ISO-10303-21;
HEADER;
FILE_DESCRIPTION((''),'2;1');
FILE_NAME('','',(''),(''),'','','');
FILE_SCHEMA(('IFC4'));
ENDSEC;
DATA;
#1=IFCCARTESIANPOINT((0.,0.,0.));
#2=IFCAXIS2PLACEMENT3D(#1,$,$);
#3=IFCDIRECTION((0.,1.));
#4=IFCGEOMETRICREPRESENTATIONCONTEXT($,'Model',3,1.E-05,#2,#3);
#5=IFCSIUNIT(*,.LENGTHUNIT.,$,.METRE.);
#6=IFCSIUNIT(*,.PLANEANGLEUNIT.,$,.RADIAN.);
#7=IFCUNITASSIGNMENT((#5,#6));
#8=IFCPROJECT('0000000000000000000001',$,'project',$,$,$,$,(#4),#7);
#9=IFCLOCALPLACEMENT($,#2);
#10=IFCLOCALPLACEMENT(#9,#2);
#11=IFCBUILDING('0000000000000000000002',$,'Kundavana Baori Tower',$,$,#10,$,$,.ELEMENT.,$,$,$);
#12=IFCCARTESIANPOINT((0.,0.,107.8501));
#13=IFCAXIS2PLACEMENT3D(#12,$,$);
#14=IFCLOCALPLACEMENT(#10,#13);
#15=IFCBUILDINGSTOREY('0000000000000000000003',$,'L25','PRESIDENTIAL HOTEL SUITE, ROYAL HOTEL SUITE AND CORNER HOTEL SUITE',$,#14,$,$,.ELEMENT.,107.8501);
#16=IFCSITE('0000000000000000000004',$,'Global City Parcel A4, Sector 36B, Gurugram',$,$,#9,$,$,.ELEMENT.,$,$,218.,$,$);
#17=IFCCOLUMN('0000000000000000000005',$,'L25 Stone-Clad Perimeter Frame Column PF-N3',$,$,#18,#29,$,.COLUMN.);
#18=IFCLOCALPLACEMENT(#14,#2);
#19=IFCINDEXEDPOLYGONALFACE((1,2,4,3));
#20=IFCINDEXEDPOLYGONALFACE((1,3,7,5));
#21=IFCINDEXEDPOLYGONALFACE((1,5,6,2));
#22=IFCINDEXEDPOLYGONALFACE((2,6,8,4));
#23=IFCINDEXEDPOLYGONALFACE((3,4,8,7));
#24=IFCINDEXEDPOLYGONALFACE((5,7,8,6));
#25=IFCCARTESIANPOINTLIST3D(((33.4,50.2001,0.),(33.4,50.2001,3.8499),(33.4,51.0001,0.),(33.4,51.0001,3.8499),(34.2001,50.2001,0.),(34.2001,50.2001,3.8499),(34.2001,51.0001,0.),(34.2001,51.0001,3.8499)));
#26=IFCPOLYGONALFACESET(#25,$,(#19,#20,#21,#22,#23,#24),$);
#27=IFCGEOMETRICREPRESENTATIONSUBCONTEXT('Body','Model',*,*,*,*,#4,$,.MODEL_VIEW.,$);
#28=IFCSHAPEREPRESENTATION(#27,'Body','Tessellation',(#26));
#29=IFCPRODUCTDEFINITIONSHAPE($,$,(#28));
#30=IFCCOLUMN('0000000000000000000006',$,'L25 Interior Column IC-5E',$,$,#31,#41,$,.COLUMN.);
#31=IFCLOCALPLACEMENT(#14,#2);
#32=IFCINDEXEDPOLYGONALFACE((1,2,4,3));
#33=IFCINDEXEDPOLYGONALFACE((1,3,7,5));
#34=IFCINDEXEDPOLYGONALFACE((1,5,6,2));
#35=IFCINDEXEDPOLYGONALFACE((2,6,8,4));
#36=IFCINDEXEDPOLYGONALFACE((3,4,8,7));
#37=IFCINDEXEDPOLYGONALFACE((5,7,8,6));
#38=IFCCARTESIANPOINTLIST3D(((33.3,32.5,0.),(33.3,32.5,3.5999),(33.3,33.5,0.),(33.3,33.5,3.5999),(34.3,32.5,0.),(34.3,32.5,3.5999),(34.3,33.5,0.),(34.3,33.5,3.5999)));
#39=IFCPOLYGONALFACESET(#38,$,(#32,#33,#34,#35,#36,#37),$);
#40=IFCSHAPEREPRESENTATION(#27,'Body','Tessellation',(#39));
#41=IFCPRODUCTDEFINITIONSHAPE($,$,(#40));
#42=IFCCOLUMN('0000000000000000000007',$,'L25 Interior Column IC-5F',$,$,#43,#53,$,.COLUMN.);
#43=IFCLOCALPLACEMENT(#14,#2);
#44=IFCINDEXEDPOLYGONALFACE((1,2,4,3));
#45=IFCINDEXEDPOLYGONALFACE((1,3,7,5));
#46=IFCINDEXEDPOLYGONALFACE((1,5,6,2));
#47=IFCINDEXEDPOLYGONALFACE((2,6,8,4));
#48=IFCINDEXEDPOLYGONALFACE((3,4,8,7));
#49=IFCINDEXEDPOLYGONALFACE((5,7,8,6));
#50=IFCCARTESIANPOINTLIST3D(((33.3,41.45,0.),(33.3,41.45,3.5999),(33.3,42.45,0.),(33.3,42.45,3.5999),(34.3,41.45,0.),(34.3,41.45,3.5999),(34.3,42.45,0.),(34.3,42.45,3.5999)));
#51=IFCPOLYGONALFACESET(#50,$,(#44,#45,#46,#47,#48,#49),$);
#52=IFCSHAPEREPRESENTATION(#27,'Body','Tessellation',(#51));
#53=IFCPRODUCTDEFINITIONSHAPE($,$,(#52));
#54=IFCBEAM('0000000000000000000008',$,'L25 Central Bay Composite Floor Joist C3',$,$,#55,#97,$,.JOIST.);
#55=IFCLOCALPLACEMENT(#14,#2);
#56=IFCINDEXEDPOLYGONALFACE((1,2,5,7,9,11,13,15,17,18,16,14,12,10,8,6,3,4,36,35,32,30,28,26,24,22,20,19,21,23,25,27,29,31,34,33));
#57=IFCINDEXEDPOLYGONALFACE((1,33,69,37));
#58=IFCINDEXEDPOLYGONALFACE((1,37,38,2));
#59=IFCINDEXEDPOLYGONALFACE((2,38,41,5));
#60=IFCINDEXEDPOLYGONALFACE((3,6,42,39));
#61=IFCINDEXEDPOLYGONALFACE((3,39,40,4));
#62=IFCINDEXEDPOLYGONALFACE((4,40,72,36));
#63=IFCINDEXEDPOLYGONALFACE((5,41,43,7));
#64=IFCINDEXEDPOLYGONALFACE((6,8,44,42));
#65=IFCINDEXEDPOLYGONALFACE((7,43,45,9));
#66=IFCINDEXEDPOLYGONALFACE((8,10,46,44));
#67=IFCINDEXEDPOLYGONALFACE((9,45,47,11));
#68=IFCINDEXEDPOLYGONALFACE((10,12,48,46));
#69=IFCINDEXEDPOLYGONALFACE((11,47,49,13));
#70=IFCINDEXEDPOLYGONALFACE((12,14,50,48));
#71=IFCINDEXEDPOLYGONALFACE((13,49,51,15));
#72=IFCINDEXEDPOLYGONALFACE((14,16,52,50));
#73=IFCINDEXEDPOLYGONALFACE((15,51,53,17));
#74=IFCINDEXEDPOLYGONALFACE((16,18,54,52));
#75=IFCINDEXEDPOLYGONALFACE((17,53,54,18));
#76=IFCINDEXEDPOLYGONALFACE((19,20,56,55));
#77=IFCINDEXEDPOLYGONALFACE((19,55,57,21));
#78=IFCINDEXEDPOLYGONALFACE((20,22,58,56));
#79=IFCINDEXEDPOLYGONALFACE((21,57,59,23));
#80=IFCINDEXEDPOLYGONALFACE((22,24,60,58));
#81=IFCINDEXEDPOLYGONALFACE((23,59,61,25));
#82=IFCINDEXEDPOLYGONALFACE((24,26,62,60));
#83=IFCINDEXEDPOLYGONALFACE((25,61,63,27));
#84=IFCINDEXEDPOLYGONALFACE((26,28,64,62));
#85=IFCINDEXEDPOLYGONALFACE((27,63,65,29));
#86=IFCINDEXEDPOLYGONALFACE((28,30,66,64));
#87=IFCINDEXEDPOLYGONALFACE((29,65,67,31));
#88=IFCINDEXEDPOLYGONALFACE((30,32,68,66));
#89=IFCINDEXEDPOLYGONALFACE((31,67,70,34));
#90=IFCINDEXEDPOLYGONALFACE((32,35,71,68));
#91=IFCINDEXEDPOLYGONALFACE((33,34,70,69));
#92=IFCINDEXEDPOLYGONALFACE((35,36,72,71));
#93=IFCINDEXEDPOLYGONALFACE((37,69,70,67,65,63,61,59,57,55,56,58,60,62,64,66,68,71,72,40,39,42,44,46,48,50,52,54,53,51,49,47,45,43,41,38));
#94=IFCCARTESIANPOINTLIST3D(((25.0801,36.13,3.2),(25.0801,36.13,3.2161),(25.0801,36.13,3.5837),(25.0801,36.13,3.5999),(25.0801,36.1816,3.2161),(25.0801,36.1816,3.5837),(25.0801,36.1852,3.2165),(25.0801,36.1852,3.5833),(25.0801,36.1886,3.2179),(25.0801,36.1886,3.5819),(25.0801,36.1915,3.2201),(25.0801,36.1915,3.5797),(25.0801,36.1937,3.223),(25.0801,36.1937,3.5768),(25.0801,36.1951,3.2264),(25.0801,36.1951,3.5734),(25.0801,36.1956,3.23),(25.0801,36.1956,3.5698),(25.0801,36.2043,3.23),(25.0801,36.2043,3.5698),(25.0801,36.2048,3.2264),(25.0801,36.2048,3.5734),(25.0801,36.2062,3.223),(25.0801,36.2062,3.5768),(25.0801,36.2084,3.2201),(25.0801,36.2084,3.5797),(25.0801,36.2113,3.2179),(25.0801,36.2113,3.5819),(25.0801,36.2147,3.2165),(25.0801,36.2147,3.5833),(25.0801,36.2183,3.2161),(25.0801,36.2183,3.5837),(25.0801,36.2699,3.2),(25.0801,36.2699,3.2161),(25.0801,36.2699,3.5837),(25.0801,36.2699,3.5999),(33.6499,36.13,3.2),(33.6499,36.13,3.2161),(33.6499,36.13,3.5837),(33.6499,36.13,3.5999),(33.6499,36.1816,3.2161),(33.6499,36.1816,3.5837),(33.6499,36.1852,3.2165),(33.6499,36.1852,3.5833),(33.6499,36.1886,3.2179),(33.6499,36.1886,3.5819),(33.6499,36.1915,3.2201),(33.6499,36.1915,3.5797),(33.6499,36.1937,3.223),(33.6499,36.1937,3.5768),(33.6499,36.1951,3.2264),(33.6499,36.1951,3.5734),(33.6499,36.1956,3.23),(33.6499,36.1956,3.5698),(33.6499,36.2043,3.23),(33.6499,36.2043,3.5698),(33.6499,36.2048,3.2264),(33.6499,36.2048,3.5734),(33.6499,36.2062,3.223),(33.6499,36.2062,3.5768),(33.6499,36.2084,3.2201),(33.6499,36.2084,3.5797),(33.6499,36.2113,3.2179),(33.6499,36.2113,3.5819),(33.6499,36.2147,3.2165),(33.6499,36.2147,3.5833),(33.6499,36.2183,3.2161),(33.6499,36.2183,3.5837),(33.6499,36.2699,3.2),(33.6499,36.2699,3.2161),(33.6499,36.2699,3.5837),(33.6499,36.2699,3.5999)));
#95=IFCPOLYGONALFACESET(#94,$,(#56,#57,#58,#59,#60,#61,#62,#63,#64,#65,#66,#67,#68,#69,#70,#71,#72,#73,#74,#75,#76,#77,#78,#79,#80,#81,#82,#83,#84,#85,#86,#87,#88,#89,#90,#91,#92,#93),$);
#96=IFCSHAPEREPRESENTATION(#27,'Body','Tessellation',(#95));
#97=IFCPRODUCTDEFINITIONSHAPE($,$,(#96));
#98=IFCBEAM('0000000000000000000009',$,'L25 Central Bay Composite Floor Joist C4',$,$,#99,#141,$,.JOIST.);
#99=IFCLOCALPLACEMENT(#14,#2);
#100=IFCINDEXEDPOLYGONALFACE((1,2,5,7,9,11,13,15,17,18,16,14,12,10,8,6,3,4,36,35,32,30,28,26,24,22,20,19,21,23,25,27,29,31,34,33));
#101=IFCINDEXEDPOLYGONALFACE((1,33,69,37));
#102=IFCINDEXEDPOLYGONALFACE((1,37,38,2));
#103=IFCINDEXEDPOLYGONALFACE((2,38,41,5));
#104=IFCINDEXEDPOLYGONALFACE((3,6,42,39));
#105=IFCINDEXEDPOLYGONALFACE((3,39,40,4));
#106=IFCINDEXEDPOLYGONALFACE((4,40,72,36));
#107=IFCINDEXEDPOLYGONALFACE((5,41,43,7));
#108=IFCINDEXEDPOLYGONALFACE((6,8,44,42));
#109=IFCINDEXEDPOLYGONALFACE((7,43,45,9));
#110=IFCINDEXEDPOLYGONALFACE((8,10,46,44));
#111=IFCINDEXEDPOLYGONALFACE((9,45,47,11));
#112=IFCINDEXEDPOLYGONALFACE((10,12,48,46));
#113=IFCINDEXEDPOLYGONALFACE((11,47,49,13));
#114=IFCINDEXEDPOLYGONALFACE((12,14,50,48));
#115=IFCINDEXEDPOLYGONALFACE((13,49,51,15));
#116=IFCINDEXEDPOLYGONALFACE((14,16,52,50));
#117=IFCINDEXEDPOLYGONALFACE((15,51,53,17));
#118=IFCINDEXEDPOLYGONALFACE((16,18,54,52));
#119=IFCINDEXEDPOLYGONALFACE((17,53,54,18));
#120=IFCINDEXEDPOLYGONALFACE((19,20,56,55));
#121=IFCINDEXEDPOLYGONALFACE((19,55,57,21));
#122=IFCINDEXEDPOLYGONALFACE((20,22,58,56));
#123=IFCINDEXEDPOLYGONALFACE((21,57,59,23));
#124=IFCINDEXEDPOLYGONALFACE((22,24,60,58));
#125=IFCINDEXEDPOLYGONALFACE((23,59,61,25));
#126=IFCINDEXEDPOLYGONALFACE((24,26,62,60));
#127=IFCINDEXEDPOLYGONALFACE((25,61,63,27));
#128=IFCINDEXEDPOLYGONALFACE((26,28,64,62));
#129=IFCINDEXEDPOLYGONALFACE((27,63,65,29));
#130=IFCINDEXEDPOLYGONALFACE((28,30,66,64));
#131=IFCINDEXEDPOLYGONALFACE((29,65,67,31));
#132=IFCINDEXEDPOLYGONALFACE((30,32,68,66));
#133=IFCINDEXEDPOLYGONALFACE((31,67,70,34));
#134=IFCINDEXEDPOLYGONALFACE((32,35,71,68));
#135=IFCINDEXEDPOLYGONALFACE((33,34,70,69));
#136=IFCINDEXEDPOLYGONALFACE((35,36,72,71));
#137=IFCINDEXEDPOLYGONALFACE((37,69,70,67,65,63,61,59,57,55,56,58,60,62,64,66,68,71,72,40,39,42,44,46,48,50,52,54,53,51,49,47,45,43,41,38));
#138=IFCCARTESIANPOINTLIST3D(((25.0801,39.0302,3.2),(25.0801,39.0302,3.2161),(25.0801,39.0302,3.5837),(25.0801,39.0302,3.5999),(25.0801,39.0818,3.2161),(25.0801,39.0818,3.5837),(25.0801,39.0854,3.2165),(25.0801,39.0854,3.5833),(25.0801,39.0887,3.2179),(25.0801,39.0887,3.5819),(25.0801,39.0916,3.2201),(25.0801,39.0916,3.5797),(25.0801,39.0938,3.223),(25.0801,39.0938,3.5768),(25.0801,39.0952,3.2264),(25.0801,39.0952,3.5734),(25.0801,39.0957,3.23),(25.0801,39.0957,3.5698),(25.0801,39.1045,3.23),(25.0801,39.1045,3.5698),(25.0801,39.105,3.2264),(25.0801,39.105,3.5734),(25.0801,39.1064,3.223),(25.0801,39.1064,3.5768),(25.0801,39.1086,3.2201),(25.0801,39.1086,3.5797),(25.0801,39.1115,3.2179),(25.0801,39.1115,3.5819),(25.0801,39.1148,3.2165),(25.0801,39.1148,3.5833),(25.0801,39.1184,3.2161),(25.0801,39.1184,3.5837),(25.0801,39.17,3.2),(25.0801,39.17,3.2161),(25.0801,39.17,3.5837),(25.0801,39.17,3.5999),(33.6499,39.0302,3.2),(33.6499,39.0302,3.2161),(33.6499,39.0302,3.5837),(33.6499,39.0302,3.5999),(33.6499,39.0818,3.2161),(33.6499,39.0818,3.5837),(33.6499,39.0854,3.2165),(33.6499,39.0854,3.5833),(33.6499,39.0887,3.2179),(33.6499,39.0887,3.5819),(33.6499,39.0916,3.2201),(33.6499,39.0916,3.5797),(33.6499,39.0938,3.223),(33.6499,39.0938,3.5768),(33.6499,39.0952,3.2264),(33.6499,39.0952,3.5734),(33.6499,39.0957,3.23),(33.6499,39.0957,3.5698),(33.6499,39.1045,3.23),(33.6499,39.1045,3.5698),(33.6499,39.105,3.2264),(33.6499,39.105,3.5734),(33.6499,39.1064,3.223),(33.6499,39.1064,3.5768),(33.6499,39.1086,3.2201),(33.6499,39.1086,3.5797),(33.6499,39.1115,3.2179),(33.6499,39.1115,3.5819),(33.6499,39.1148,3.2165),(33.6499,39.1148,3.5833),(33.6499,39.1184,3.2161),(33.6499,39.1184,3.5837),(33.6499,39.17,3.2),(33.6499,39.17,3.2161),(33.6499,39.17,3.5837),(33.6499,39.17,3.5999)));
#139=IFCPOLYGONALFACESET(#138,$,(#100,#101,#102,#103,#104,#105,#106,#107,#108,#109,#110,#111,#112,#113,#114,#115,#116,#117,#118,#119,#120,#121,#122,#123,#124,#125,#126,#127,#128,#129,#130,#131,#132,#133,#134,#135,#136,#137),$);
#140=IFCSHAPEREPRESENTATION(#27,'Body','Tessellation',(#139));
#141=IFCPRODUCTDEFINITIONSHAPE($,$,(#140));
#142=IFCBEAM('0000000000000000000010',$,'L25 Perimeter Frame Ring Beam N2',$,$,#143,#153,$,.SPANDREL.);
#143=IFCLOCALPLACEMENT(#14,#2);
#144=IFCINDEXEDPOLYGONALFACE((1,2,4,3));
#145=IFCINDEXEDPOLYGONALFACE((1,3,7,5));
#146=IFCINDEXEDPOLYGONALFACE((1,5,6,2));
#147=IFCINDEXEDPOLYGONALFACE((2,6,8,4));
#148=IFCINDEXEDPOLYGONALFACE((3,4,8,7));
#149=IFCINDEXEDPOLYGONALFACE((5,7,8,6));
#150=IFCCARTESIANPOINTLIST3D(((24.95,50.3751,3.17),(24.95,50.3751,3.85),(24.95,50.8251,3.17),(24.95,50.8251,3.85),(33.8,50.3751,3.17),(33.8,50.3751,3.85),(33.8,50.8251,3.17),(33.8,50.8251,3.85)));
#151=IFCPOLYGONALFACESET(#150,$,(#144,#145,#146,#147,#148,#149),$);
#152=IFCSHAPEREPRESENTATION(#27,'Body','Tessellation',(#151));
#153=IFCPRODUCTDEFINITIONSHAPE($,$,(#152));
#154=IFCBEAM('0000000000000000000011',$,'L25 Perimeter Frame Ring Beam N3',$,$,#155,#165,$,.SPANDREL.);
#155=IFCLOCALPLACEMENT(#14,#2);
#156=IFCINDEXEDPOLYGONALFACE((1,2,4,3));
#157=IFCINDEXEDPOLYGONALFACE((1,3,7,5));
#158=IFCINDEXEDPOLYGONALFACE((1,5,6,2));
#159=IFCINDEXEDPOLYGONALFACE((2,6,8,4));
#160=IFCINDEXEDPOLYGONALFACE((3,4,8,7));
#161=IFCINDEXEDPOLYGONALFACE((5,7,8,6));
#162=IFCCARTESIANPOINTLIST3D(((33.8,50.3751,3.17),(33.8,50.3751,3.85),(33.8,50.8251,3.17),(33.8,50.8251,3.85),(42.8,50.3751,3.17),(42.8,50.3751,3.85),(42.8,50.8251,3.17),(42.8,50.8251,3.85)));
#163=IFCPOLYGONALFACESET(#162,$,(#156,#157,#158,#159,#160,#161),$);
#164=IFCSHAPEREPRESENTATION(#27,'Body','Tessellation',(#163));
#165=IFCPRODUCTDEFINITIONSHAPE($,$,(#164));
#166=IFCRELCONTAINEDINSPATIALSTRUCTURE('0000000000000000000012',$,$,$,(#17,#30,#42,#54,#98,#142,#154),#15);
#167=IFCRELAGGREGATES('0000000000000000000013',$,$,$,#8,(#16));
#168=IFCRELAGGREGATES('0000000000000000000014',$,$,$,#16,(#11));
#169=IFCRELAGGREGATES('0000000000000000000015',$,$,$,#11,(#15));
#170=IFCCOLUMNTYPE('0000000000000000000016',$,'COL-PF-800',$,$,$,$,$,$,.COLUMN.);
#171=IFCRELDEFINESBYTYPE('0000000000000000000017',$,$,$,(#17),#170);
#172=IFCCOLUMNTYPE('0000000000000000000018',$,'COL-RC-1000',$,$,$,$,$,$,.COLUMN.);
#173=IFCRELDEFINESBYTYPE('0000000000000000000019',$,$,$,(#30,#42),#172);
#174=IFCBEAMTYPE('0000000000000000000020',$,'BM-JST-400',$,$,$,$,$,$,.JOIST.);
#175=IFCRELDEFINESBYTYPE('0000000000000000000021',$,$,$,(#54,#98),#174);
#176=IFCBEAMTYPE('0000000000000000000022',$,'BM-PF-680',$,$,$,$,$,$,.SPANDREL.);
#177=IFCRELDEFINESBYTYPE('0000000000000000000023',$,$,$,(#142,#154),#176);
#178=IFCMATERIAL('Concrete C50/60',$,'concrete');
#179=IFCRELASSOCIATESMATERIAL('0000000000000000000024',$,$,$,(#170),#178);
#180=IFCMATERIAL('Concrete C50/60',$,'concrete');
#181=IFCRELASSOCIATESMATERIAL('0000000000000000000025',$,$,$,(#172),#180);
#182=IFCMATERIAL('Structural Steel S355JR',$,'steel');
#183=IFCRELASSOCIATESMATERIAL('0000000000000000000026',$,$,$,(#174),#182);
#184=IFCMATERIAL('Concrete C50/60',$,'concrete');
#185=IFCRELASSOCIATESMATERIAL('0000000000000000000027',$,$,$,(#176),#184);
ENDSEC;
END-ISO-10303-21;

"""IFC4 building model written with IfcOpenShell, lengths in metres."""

from ifc_helpers import new_model, si_unit, direction, frame, origin, origin_2d, place, context, subcontext, project, spatial, rectangle, i_section, extrude, material, material_profile, profile_set, type_object, element, save


model = new_model("IFC4")

# Units and contexts
model_context = context("Model", 3, precision=1e-05, world=origin(), true_north=direction((0.0, 1.0)))
body_context = subcontext(model_context, "Body", "Model", "MODEL_VIEW")
ifc_project = project(units=[si_unit("LENGTHUNIT", "METRE"), si_unit("PLANEANGLEUNIT", "RADIAN")], contexts=[model_context])

# Site, building, storey
site_placement = place(None, origin())
site = spatial("IfcSite", under=ifc_project, at=site_placement, Name="Global City Parcel A4, Sector 36B, Gurugram", CompositionType="ELEMENT", RefElevation=218.0)
building_placement = place(site_placement, origin())
building = spatial("IfcBuilding", under=site, at=building_placement, Name="Kundavana Baori Tower", CompositionType="ELEMENT")
storey_placement = place(building_placement, frame((0.0, 0.0, 107.8501)))
storey = spatial("IfcBuildingStorey", under=building, at=storey_placement, Name="L25", Description="PRESIDENTIAL HOTEL SUITE, ROYAL HOTEL SUITE AND CORNER HOTEL SUITE", CompositionType="ELEMENT", Elevation=107.8501)

# Columns
ifc_material_1 = material(Name="Concrete C50/60", Category="concrete")
ifc_material_profile_1 = material_profile(ifc_material_1, rectangle(XDim=0.8, YDim=0.8, at=origin_2d()), Name="RC PF 800x800")
ifc_profile_set_1 = profile_set([ifc_material_profile_1], Name="Concrete C50/60")
column_type_1 = type_object("IfcColumnType", Name="COL-PF-800", PredefinedType="COLUMN", material=ifc_profile_set_1)
column_placement = place(storey_placement, frame((33.8, 50.6001, 0.0), z_axis=(0.0, 0.0, 1.0), x_axis=(1.0, 0.0, 0.0)))
element("IfcColumn", 1, at=column_placement, inside=storey, type_object=column_type_1, Name="L25 Stone-Clad Perimeter Frame Column PF-N3", PredefinedType="COLUMN", context=body_context, shape_type="SweptSolid", body=[
    extrude(rectangle(XDim=0.8, YDim=0.8, at=origin_2d()), origin(), (0.0, 0.0, 1.0), 3.8499),
])
ifc_material_2 = material(Name="Concrete C50/60", Category="concrete")
ifc_material_profile_2 = material_profile(ifc_material_2, rectangle(XDim=1.0, YDim=1.0, at=origin_2d()), Name="RC 1000x1000")
ifc_profile_set_2 = profile_set([ifc_material_profile_2], Name="Concrete C50/60")
column_type_2 = type_object("IfcColumnType", Name="COL-RC-1000", PredefinedType="COLUMN", material=ifc_profile_set_2)
for number, where, z_axis, x_axis, name in (
    (2, (33.8, 33.0, 0.0), (0.0, 0.0, 1.0), (1.0, 0.0, 0.0), "L25 Interior Column IC-5E"),
    (3, (33.8, 41.95, 0.0), (0.0, 0.0, 1.0), (1.0, 0.0, 0.0), "L25 Interior Column IC-5F"),
):
    element("IfcColumn", number, at=place(storey_placement, frame(where, z_axis=z_axis, x_axis=x_axis)), inside=storey, type_object=column_type_2, Name=name, PredefinedType="COLUMN", context=body_context, shape_type="SweptSolid", body=[
        extrude(rectangle(XDim=1.0, YDim=1.0, at=origin_2d()), origin(), (0.0, 0.0, 1.0), 3.5999),
    ])

# Beams
ifc_material_3 = material(Name="Structural Steel S355JR", Category="steel")
ifc_material_profile_3 = material_profile(ifc_material_3, i_section(OverallWidth=0.1399, OverallDepth=0.3999, WebThickness=0.0088, FlangeThickness=0.0161, FilletRadius=0.0139, at=origin_2d()), Name="ISMB 400")
ifc_profile_set_3 = profile_set([ifc_material_profile_3], Name="Structural Steel S355JR")
beam_type_1 = type_object("IfcBeamType", Name="BM-JST-400", PredefinedType="JOIST", material=ifc_profile_set_3)
for number, where, z_axis, x_axis, name in (
    (4, (25.0801, 36.2, 3.3999), (1.0, 0.0, 0.0), (0.0, 1.0, 0.0), "L25 Central Bay Composite Floor Joist C3"),
    (5, (25.0801, 39.1001, 3.3999), (1.0, 0.0, 0.0), (0.0, 1.0, 0.0), "L25 Central Bay Composite Floor Joist C4"),
):
    element("IfcBeam", number, at=place(storey_placement, frame(where, z_axis=z_axis, x_axis=x_axis)), inside=storey, type_object=beam_type_1, Name=name, PredefinedType="JOIST", context=body_context, shape_type="SweptSolid", body=[
        extrude(i_section(OverallWidth=0.1399, OverallDepth=0.3999, WebThickness=0.0088, FlangeThickness=0.0161, FilletRadius=0.0139, at=origin_2d()), origin(), (0.0, 0.0, 1.0), 8.5698),
    ])
ifc_material_4 = material(Name="Concrete C50/60", Category="concrete")
ifc_material_profile_4 = material_profile(ifc_material_4, rectangle(XDim=0.45, YDim=0.6799, at=origin_2d()), Name="RC BM 450x680")
ifc_profile_set_4 = profile_set([ifc_material_profile_4], Name="Concrete C50/60")
beam_type_2 = type_object("IfcBeamType", Name="BM-PF-680", PredefinedType="SPANDREL", material=ifc_profile_set_4)
beam_1_placement = place(storey_placement, frame((24.95, 50.6001, 3.51), z_axis=(1.0, 0.0, 0.0), x_axis=(0.0, 1.0, 0.0)))
element("IfcBeam", 6, at=beam_1_placement, inside=storey, type_object=beam_type_2, Name="L25 Perimeter Frame Ring Beam N2", PredefinedType="SPANDREL", context=body_context, shape_type="SweptSolid", body=[
    extrude(rectangle(XDim=0.45, YDim=0.6799, at=origin_2d()), origin(), (0.0, 0.0, 1.0), 8.8501),
])
beam_2_placement = place(storey_placement, frame((33.8, 50.6001, 3.51), z_axis=(1.0, 0.0, 0.0), x_axis=(0.0, 1.0, 0.0)))
element("IfcBeam", 7, at=beam_2_placement, inside=storey, type_object=beam_type_2, Name="L25 Perimeter Frame Ring Beam N3", PredefinedType="SPANDREL", context=body_context, shape_type="SweptSolid", body=[
    extrude(rectangle(XDim=0.45, YDim=0.6799, at=origin_2d()), origin(), (0.0, 0.0, 1.0), 9.0),
])

save(model, "model.ifc")
